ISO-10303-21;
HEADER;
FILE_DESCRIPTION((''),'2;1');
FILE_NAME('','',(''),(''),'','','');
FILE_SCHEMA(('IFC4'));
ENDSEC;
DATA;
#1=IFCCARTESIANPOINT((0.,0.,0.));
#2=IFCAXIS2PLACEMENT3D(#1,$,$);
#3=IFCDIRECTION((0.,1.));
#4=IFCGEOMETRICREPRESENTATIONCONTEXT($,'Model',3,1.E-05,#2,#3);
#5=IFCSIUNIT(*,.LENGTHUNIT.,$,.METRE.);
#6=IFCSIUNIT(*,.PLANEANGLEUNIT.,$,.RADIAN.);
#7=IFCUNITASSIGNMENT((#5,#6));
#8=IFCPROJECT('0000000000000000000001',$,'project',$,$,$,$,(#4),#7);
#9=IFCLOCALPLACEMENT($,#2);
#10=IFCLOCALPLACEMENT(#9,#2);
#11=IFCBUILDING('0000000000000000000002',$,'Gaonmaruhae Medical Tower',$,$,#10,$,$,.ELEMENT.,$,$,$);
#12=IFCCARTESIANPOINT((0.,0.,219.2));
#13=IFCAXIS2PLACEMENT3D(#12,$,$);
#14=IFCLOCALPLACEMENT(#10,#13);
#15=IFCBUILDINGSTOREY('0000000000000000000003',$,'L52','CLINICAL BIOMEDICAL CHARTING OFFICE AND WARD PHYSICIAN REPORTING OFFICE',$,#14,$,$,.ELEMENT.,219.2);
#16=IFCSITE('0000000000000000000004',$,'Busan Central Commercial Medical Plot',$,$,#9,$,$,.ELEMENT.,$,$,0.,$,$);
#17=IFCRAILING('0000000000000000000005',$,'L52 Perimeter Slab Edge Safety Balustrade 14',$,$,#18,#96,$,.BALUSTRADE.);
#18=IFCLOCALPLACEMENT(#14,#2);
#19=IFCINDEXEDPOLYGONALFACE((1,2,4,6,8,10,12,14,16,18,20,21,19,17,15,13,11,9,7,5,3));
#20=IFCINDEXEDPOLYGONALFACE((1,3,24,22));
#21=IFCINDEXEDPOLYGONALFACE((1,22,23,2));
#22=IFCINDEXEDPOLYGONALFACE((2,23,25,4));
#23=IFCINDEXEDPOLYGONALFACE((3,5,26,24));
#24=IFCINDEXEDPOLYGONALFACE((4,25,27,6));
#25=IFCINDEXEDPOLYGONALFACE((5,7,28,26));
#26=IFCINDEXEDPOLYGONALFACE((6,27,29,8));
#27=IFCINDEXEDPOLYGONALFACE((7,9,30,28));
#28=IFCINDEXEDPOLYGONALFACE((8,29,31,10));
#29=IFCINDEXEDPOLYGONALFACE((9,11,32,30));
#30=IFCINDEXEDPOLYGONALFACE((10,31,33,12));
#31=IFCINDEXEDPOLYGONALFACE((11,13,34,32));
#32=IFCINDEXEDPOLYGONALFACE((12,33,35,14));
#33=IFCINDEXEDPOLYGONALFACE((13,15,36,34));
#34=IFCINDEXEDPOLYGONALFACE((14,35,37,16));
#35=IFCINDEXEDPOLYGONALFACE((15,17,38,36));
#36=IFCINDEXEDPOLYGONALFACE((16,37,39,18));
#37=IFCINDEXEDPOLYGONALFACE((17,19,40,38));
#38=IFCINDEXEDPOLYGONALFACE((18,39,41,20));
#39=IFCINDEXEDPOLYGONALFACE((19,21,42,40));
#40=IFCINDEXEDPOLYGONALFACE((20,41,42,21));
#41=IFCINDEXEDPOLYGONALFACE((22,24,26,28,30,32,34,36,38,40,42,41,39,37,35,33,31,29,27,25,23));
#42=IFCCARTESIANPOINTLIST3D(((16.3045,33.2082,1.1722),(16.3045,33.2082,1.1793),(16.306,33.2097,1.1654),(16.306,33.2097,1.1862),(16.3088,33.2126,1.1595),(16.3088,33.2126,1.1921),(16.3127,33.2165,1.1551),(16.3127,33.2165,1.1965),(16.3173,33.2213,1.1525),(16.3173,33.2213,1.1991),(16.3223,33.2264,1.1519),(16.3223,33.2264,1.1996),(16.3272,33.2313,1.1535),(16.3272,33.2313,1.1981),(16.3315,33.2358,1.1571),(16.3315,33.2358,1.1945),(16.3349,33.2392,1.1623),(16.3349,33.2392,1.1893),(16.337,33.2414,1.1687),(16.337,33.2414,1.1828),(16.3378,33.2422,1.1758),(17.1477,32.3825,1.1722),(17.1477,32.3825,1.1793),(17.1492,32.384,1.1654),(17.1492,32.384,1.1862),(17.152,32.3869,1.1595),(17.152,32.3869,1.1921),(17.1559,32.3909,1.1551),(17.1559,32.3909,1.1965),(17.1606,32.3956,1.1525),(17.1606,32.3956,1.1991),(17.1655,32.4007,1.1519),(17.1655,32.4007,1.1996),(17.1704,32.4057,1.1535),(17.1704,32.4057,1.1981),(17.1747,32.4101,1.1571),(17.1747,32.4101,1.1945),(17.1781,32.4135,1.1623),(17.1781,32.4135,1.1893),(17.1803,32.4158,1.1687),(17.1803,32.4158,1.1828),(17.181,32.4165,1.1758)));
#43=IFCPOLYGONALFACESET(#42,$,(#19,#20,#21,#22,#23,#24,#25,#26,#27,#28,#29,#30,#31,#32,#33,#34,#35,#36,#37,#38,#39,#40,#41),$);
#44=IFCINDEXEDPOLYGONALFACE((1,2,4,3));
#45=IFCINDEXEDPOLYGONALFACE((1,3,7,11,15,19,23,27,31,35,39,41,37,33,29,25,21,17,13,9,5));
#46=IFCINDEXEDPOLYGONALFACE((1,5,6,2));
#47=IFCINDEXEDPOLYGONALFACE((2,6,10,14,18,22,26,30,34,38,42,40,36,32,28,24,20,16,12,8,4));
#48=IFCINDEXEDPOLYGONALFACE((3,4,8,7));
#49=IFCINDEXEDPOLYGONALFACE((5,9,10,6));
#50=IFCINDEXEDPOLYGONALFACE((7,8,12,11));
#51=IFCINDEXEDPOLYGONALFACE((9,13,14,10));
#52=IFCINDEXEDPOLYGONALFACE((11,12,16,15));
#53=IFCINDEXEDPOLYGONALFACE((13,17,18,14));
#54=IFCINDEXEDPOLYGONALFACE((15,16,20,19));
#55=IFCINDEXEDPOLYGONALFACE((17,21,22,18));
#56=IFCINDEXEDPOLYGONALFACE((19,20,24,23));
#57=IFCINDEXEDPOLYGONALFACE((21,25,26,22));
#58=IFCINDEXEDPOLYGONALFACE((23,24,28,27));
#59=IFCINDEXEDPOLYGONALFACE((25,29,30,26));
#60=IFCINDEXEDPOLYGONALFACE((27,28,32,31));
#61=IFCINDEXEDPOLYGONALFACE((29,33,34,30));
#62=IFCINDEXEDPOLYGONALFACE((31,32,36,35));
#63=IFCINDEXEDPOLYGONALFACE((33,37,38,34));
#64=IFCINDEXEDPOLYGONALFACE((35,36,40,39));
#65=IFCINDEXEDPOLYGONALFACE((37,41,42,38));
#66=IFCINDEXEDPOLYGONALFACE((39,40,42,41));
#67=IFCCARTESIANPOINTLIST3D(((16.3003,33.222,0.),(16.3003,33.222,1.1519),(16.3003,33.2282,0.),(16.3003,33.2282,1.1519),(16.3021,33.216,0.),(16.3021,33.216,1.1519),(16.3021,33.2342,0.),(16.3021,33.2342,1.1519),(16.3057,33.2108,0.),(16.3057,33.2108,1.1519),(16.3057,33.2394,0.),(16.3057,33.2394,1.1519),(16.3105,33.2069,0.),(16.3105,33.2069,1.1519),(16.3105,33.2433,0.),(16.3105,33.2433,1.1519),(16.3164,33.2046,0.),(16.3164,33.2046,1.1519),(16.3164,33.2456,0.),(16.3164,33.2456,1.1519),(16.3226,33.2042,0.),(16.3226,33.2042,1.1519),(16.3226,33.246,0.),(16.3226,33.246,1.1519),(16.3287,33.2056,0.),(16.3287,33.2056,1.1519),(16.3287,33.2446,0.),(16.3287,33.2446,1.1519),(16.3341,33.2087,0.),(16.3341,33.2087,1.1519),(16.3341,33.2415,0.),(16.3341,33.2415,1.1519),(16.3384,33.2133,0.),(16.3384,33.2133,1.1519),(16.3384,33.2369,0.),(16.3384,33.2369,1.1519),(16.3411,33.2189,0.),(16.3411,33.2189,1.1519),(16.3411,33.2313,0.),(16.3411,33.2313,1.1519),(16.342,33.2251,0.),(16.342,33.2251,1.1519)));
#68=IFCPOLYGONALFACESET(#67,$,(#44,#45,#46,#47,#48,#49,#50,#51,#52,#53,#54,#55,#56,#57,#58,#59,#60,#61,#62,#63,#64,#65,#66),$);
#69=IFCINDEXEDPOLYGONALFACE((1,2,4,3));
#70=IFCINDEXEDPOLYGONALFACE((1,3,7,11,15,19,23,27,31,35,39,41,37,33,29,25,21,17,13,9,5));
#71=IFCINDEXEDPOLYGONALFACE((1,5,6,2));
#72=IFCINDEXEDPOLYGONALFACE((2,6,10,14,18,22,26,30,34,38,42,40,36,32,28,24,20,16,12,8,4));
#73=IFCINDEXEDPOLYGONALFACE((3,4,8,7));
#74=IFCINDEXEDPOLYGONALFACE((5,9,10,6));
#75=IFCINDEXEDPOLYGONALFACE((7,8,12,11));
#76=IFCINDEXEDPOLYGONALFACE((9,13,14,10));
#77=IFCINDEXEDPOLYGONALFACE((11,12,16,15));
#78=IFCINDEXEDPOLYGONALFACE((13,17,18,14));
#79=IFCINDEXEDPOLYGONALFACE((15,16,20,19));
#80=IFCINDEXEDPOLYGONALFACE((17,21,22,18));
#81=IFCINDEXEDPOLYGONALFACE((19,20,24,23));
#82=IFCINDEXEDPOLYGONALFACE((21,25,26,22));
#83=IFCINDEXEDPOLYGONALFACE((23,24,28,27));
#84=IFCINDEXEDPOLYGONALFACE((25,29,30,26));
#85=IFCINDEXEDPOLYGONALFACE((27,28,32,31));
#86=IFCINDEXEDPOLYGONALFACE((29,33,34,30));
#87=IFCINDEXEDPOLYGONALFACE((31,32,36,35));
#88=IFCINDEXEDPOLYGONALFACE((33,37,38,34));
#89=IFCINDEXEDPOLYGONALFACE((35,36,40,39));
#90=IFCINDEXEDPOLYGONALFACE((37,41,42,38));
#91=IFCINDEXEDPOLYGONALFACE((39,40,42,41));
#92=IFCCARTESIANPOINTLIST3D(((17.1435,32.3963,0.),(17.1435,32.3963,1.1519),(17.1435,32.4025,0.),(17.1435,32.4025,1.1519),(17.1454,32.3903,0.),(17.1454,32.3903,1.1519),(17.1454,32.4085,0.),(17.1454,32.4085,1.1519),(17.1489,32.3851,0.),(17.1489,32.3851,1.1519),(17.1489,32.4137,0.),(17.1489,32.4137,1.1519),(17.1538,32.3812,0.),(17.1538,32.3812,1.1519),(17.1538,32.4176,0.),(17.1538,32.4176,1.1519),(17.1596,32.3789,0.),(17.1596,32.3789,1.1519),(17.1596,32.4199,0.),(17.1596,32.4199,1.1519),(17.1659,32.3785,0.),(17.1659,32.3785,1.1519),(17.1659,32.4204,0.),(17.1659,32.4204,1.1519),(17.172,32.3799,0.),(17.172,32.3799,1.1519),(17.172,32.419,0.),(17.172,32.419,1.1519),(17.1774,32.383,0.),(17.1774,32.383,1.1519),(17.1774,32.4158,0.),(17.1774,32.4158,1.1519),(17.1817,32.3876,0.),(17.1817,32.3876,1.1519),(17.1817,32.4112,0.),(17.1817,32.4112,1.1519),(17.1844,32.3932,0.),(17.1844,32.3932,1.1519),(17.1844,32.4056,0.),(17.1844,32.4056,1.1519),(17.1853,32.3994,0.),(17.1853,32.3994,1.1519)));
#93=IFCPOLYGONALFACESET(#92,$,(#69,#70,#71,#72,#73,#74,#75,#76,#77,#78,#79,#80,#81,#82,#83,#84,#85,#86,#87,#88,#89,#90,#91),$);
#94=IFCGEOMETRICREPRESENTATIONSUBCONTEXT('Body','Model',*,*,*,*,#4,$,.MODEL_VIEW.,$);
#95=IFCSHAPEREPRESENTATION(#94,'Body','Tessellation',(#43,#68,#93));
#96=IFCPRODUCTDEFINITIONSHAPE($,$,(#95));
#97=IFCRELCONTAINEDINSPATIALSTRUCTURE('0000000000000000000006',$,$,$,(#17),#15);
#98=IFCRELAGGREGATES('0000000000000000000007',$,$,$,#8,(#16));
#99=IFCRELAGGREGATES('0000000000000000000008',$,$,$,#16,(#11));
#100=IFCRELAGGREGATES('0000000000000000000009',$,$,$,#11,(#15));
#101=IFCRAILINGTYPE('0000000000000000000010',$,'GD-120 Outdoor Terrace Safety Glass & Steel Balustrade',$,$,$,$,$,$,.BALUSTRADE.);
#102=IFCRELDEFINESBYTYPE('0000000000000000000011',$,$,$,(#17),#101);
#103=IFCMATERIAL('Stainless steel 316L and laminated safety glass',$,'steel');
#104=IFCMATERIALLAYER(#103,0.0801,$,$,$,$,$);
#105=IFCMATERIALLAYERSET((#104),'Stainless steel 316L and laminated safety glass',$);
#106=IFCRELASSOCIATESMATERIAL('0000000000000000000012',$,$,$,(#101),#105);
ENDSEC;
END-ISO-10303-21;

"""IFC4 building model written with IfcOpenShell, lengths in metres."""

from ifc_helpers import new_model, si_unit, direction, frame, origin, origin_2d, place, context, subcontext, project, spatial, circle, extrude, material, layer, layer_set, type_object, element, save


model = new_model("IFC4")

# Units and contexts
model_context = context("Model", 3, precision=1e-05, world=origin(), true_north=direction((0.0, 1.0)))
body_context = subcontext(model_context, "Body", "Model", "MODEL_VIEW")
ifc_project = project(units=[si_unit("LENGTHUNIT", "METRE"), si_unit("PLANEANGLEUNIT", "RADIAN")], contexts=[model_context])

# Site, building, storey
site_placement = place(None, origin())
site = spatial("IfcSite", under=ifc_project, at=site_placement, Name="Busan Central Commercial Medical Plot", CompositionType="ELEMENT", RefElevation=0.0)
building_placement = place(site_placement, origin())
building = spatial("IfcBuilding", under=site, at=building_placement, Name="Gaonmaruhae Medical Tower", CompositionType="ELEMENT")
storey_placement = place(building_placement, frame((0.0, 0.0, 219.2)))
storey = spatial("IfcBuildingStorey", under=building, at=storey_placement, Name="L52", Description="CLINICAL BIOMEDICAL CHARTING OFFICE AND WARD PHYSICIAN REPORTING OFFICE", CompositionType="ELEMENT", Elevation=219.2)

# Railing
ifc_material_1 = material(Name="Stainless steel 316L and laminated safety glass", Category="steel")
ifc_layer_1 = layer(ifc_material_1, 0.0801)
ifc_layer_set_1 = layer_set([ifc_layer_1], Name="Stainless steel 316L and laminated safety glass")
railing_type = type_object("IfcRailingType", Name="GD-120 Outdoor Terrace Safety Glass & Steel Balustrade", PredefinedType="BALUSTRADE", material=ifc_layer_set_1)
railing_1_placement = place(storey_placement, frame((16.321, 33.2251, 0.0)))
element("IfcRailing", 1, at=railing_1_placement, inside=storey, type_object=railing_type, Name="L52 Perimeter Slab Edge Safety Balustrade 14", PredefinedType="BALUSTRADE", context=body_context, shape_type="SweptSolid", body=[
    extrude(circle(Radius=0.0239, at=origin_2d()), frame((0.0, 0.0, 1.1758), z_axis=(0.714515, -0.69962, 0.0), x_axis=(0.69962, 0.714515, 0.0)), (0.0, 0.0, 1.0), 1.1802),
    extrude(circle(Radius=0.021, at=origin_2d()), origin(), (0.0, 0.0, 1.0), 1.1519),
    extrude(circle(Radius=0.021, at=origin_2d()), frame((0.8433, -0.8257, 0.0)), (0.0, 0.0, 1.0), 1.1519),
])

save(model, "model.ifc")
